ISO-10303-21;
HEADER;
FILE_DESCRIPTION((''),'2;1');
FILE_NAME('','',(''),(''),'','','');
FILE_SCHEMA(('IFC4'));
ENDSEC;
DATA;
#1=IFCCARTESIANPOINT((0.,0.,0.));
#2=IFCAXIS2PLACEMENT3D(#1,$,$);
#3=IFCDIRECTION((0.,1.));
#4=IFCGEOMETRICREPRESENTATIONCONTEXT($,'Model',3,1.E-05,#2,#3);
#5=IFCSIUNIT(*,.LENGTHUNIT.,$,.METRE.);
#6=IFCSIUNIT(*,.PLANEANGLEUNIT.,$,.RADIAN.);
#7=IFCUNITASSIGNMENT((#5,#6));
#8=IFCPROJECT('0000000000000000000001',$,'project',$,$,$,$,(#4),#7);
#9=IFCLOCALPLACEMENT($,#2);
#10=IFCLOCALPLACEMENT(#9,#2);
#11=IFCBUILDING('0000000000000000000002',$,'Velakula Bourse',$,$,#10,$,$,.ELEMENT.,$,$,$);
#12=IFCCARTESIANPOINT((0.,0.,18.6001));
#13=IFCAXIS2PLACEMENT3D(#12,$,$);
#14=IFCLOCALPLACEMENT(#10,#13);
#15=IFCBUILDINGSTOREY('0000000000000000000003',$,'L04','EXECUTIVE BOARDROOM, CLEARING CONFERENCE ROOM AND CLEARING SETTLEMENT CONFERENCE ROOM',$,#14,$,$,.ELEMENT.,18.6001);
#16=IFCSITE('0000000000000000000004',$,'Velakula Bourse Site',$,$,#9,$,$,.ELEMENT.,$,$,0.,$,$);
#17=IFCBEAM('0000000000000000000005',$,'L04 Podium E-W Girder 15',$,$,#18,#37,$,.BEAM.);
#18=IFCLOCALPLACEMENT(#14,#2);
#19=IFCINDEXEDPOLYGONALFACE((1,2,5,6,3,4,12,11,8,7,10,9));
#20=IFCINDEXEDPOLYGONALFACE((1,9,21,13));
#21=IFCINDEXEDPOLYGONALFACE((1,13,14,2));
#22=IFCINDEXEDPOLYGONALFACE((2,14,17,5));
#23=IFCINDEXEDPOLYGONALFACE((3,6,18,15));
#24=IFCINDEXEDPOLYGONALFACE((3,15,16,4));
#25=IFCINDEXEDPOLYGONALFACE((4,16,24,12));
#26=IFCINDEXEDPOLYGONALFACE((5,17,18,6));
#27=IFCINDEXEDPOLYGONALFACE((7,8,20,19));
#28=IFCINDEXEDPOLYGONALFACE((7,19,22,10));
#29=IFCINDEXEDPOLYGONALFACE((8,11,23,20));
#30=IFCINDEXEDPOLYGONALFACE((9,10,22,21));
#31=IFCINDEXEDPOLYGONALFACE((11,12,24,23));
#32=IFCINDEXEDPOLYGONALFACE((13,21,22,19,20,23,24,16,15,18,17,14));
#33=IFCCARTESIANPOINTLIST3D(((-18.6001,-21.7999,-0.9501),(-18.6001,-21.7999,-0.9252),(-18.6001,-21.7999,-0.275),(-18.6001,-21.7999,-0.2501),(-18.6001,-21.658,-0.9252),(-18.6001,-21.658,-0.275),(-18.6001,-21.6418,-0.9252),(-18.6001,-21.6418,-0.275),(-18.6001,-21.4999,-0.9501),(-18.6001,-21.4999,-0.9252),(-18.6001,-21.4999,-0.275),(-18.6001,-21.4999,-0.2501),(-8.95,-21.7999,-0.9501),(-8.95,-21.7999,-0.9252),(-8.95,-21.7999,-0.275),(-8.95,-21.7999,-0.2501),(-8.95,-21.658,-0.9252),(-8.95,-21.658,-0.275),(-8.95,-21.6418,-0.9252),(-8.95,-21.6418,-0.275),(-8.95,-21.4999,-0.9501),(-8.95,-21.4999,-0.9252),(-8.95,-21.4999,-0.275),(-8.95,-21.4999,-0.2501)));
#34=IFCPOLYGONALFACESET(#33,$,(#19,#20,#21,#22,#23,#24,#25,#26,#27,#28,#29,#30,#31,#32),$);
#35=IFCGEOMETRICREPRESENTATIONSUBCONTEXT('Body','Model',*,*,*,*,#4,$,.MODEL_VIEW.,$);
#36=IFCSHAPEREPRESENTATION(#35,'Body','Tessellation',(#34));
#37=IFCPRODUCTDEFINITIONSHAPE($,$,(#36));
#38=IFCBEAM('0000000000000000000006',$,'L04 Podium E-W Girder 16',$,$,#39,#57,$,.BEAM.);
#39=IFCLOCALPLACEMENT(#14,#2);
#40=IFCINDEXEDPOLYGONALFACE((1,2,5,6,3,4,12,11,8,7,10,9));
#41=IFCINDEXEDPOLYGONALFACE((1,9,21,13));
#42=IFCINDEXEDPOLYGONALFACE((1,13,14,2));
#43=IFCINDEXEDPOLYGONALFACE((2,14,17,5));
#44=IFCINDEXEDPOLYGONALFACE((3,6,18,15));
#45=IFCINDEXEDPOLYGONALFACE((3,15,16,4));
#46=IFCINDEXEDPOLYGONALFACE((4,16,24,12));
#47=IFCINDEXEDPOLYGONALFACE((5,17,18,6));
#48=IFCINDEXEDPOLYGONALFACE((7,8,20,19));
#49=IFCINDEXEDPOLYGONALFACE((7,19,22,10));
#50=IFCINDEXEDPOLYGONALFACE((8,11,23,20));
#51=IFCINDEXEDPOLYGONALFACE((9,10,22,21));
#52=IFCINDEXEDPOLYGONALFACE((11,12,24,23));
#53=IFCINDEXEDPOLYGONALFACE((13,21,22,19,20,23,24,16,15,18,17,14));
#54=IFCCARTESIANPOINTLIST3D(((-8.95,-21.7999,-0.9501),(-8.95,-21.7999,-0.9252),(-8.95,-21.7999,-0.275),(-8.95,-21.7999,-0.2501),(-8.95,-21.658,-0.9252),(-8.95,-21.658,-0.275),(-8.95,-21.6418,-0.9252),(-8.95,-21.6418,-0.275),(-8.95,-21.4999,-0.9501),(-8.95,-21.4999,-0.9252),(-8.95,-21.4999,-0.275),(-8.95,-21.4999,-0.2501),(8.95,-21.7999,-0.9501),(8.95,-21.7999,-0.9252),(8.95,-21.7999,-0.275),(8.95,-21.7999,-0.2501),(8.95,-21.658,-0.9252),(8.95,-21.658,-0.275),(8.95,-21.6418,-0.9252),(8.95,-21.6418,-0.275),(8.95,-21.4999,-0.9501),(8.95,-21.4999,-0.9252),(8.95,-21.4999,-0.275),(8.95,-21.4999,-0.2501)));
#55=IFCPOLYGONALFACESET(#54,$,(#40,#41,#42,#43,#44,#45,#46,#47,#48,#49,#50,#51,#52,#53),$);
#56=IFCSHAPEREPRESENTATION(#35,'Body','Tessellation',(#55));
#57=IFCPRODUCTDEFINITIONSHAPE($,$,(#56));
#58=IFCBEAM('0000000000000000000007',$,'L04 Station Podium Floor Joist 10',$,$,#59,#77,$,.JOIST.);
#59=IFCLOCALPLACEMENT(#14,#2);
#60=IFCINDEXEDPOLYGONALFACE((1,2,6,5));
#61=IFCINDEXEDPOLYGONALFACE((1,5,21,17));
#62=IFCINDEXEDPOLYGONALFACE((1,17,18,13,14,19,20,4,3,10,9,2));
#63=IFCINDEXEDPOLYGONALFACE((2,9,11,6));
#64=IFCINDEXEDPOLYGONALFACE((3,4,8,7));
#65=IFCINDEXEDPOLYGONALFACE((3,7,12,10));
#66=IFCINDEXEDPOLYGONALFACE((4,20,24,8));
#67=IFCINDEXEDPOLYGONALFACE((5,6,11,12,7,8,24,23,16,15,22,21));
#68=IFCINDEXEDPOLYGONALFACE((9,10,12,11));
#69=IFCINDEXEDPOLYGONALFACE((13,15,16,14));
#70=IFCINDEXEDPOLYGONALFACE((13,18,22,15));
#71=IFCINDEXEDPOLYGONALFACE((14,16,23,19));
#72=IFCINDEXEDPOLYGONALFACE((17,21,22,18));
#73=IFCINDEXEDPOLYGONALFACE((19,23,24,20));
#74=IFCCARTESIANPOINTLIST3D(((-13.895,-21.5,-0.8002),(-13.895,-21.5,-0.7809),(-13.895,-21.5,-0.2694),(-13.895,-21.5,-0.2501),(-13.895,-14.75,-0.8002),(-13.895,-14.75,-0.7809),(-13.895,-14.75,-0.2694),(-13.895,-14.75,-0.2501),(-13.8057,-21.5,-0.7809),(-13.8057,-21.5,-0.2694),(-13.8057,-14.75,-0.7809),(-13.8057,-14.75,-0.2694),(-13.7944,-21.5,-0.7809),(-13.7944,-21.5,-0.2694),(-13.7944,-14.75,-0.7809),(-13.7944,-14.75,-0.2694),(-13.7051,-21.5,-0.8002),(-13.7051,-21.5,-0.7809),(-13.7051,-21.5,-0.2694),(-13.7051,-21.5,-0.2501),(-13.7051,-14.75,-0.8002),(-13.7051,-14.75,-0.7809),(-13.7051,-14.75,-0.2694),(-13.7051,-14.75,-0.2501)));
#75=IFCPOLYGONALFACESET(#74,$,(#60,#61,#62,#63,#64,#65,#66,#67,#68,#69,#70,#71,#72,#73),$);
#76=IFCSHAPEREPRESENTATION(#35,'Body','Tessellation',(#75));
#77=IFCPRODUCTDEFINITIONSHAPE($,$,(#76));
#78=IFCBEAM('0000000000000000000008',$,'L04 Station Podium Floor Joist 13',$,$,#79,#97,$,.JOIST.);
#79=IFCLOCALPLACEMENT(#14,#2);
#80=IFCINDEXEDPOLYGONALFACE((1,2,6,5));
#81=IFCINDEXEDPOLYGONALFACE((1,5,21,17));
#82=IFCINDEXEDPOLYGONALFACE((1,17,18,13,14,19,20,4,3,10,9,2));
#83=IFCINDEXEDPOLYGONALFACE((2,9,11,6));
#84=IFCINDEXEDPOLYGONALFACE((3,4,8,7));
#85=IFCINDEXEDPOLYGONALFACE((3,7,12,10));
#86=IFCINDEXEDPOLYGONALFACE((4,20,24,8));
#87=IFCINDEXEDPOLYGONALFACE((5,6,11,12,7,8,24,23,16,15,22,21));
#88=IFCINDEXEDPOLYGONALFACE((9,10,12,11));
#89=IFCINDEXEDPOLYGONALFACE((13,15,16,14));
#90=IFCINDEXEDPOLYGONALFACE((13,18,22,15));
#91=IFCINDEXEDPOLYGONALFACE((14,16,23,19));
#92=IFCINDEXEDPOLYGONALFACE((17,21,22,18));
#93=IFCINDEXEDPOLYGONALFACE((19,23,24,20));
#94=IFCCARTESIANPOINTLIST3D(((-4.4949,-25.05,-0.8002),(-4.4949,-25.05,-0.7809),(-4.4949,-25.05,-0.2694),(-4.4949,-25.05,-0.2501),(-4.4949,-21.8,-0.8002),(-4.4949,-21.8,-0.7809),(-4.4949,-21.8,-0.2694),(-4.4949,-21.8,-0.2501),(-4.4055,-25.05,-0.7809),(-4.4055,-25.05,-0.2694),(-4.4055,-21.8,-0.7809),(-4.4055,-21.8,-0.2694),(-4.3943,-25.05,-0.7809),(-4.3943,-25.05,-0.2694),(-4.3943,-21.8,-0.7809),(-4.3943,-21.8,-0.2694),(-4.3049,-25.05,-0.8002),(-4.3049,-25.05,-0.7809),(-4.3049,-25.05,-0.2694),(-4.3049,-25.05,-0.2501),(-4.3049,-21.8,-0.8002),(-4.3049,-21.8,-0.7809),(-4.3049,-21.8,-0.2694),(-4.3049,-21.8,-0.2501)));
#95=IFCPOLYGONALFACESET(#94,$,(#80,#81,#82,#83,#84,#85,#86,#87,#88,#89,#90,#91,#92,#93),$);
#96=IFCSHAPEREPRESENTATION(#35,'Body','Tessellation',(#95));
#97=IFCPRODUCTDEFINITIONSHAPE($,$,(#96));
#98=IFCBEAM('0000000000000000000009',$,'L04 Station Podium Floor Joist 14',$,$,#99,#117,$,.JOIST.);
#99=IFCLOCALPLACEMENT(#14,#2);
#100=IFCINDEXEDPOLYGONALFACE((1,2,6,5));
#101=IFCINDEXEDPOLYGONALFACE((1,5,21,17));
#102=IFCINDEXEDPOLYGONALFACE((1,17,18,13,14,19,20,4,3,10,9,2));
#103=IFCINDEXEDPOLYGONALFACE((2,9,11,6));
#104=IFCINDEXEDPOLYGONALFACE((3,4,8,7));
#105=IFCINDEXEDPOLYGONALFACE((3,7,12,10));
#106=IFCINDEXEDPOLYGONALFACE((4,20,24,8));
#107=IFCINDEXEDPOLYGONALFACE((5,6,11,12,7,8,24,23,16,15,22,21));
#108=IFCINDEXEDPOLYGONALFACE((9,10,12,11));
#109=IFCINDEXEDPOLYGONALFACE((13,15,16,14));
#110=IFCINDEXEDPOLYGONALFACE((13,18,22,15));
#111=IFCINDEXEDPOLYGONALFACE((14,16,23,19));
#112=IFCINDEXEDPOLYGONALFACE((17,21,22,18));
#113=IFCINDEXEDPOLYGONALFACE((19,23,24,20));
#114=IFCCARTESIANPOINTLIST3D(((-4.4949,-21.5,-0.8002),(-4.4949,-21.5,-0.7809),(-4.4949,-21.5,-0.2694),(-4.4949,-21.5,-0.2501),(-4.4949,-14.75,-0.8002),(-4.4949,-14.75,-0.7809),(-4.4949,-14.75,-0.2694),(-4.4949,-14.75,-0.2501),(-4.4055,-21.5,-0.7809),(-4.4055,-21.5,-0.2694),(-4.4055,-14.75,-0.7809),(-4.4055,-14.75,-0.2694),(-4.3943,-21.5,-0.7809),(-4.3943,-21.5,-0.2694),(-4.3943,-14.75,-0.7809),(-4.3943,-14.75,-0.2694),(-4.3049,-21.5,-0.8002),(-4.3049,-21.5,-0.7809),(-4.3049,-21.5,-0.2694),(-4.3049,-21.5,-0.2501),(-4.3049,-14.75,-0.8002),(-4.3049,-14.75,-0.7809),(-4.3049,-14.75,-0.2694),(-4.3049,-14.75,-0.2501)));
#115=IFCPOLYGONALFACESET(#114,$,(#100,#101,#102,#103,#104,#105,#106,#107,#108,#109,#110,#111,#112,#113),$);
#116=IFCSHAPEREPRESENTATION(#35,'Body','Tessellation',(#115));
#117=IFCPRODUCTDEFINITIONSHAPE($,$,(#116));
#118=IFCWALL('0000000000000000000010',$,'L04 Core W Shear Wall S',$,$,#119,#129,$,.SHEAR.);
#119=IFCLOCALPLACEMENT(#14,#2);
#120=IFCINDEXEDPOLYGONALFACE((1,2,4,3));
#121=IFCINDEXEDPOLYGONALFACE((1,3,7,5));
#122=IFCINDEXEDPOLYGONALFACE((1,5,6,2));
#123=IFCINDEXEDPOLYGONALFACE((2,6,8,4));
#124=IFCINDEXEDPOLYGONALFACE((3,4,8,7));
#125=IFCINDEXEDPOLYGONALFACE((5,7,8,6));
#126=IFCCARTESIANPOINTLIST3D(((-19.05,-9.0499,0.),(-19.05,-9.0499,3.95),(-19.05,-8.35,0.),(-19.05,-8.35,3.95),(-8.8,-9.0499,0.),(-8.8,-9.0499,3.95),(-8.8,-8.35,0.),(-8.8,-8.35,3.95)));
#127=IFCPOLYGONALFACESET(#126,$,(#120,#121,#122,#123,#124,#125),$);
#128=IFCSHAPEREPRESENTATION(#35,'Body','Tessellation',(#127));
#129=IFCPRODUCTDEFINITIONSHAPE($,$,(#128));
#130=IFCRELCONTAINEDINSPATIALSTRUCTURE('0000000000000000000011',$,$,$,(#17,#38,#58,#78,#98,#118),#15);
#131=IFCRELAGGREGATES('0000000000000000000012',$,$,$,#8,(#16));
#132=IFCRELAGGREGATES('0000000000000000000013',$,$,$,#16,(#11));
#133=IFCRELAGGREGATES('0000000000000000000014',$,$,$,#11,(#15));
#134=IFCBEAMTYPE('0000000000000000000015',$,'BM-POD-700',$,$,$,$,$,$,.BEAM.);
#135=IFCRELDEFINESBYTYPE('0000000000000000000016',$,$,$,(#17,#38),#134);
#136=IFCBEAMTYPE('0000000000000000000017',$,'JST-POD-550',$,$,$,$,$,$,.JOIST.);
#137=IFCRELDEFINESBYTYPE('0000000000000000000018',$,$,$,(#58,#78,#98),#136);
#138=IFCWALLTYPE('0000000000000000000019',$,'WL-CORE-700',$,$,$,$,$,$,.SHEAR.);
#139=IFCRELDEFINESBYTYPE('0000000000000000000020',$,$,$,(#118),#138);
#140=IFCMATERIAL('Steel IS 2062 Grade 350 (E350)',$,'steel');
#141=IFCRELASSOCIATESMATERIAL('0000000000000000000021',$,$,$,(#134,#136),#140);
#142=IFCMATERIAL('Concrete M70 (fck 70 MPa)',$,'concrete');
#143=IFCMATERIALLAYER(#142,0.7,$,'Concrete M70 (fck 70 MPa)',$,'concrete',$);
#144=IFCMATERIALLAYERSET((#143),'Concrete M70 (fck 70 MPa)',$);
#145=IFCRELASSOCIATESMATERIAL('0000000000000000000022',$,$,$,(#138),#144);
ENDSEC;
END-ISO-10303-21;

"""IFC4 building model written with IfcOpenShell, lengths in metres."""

from ifc_helpers import new_model, si_unit, direction, frame, frame_2d, origin, origin_2d, place, context, subcontext, project, spatial, rectangle, i_section, extrude, material, layer, layer_set, material_profile, profile_set, type_object, element, save


model = new_model("IFC4")

# Units and contexts
model_context = context("Model", 3, precision=1e-05, world=origin(), true_north=direction((0.0, 1.0)))
body_context = subcontext(model_context, "Body", "Model", "MODEL_VIEW")
ifc_project = project(units=[si_unit("LENGTHUNIT", "METRE"), si_unit("PLANEANGLEUNIT", "RADIAN")], contexts=[model_context])

# Site, building, storey
site_placement = place(None, origin())
site = spatial("IfcSite", under=ifc_project, at=site_placement, Name="Velakula Bourse Site", CompositionType="ELEMENT", RefElevation=0.0)
building_placement = place(site_placement, origin())
building = spatial("IfcBuilding", under=site, at=building_placement, Name="Velakula Bourse", CompositionType="ELEMENT")
storey_placement = place(building_placement, frame((0.0, 0.0, 18.6001)))
storey = spatial("IfcBuildingStorey", under=building, at=storey_placement, Name="L04", Description="EXECUTIVE BOARDROOM, CLEARING CONFERENCE ROOM AND CLEARING SETTLEMENT CONFERENCE ROOM", CompositionType="ELEMENT", Elevation=18.6001)

# Shared definitions
ifc_material_1 = material(Name="Concrete M70 (fck 70 MPa)", Category="concrete")

# Beams
ifc_material_2 = material(Name="Steel IS 2062 Grade 350 (E350)", Category="steel")
ifc_material_profile_1 = material_profile(ifc_material_2, i_section(OverallWidth=0.3, OverallDepth=0.7, WebThickness=0.0161, FlangeThickness=0.0249, at=origin_2d()), Name="Steel IS 2062 Grade 350 (E350)")
ifc_profile_set_1 = profile_set([ifc_material_profile_1], Name="Steel IS 2062 Grade 350 (E350)")
beam_type_1 = type_object("IfcBeamType", Name="BM-POD-700", PredefinedType="BEAM", material=ifc_profile_set_1)
beam_1_placement = place(storey_placement, frame((-18.6001, -21.6499, -0.6001), z_axis=(1.0, 0.0, 0.0), x_axis=(0.0, 1.0, 0.0)))
element("IfcBeam", 1, at=beam_1_placement, inside=storey, type_object=beam_type_1, Name="L04 Podium E-W Girder 15", PredefinedType="BEAM", context=body_context, shape_type="SweptSolid", body=[
    extrude(i_section(OverallWidth=0.3, OverallDepth=0.7, WebThickness=0.0161, FlangeThickness=0.0249, at=origin_2d()), origin(), (0.0, 0.0, 1.0), 9.6501),
])
beam_2_placement = place(storey_placement, frame((-8.95, -21.6499, -0.6001), z_axis=(1.0, 0.0, 0.0), x_axis=(0.0, 1.0, 0.0)))
element("IfcBeam", 2, at=beam_2_placement, inside=storey, type_object=beam_type_1, Name="L04 Podium E-W Girder 16", PredefinedType="BEAM", context=body_context, shape_type="SweptSolid", body=[
    extrude(i_section(OverallWidth=0.3, OverallDepth=0.7, WebThickness=0.0161, FlangeThickness=0.0249, at=origin_2d()), origin(), (0.0, 0.0, 1.0), 17.8999),
])
ifc_material_profile_2 = material_profile(ifc_material_2, i_section(OverallWidth=0.1899, OverallDepth=0.55, WebThickness=0.0112, FlangeThickness=0.0193, at=origin_2d()), Name="Steel IS 2062 Grade 350 (E350)")
ifc_profile_set_2 = profile_set([ifc_material_profile_2], Name="Steel IS 2062 Grade 350 (E350)")
beam_type_2 = type_object("IfcBeamType", Name="JST-POD-550", PredefinedType="JOIST", material=ifc_profile_set_2)
beam_3_placement = place(storey_placement, frame((-13.8, -21.5, -0.5251), z_axis=(0.0, 1.0, 0.0), x_axis=(-1.0, 0.0, 0.0)))
element("IfcBeam", 3, at=beam_3_placement, inside=storey, type_object=beam_type_2, Name="L04 Station Podium Floor Joist 10", PredefinedType="JOIST", context=body_context, shape_type="SweptSolid", body=[
    extrude(i_section(OverallWidth=0.1899, OverallDepth=0.55, WebThickness=0.0112, FlangeThickness=0.0193, at=origin_2d()), origin(), (0.0, 0.0, 1.0), 6.75),
])
beam_4_placement = place(storey_placement, frame((-4.3999, -25.05, -0.5251), z_axis=(0.0, 1.0, 0.0), x_axis=(-1.0, 0.0, 0.0)))
element("IfcBeam", 4, at=beam_4_placement, inside=storey, type_object=beam_type_2, Name="L04 Station Podium Floor Joist 13", PredefinedType="JOIST", context=body_context, shape_type="SweptSolid", body=[
    extrude(i_section(OverallWidth=0.1899, OverallDepth=0.55, WebThickness=0.0112, FlangeThickness=0.0193, at=origin_2d()), origin(), (0.0, 0.0, 1.0), 3.25),
])
beam_5_placement = place(storey_placement, frame((-4.3999, -21.5, -0.5251), z_axis=(0.0, 1.0, 0.0), x_axis=(-1.0, 0.0, 0.0)))
element("IfcBeam", 5, at=beam_5_placement, inside=storey, type_object=beam_type_2, Name="L04 Station Podium Floor Joist 14", PredefinedType="JOIST", context=body_context, shape_type="SweptSolid", body=[
    extrude(i_section(OverallWidth=0.1899, OverallDepth=0.55, WebThickness=0.0112, FlangeThickness=0.0193, at=origin_2d()), origin(), (0.0, 0.0, 1.0), 6.75),
])

# Wall
ifc_layer_1 = layer(ifc_material_1, 0.7, Name="Concrete M70 (fck 70 MPa)", Category="concrete")
ifc_layer_set_1 = layer_set([ifc_layer_1], Name="Concrete M70 (fck 70 MPa)")
wall_type_1 = type_object("IfcWallType", Name="WL-CORE-700", PredefinedType="SHEAR", material=ifc_layer_set_1)
wall_1_placement = place(storey_placement, frame((-19.05, -8.7, 0.0), z_axis=(0.0, 0.0, 1.0), x_axis=(1.0, 0.0, 0.0)))
element("IfcWall", 6, at=wall_1_placement, inside=storey, type_object=wall_type_1, Name="L04 Core W Shear Wall S", PredefinedType="SHEAR", context=body_context, shape_type="SweptSolid", body=[
    extrude(rectangle(XDim=10.25, YDim=0.7, at=frame_2d((5.125, 0.0))), origin(), (0.0, 0.0, 1.0), 3.95),
])

save(model, "model.ifc")
